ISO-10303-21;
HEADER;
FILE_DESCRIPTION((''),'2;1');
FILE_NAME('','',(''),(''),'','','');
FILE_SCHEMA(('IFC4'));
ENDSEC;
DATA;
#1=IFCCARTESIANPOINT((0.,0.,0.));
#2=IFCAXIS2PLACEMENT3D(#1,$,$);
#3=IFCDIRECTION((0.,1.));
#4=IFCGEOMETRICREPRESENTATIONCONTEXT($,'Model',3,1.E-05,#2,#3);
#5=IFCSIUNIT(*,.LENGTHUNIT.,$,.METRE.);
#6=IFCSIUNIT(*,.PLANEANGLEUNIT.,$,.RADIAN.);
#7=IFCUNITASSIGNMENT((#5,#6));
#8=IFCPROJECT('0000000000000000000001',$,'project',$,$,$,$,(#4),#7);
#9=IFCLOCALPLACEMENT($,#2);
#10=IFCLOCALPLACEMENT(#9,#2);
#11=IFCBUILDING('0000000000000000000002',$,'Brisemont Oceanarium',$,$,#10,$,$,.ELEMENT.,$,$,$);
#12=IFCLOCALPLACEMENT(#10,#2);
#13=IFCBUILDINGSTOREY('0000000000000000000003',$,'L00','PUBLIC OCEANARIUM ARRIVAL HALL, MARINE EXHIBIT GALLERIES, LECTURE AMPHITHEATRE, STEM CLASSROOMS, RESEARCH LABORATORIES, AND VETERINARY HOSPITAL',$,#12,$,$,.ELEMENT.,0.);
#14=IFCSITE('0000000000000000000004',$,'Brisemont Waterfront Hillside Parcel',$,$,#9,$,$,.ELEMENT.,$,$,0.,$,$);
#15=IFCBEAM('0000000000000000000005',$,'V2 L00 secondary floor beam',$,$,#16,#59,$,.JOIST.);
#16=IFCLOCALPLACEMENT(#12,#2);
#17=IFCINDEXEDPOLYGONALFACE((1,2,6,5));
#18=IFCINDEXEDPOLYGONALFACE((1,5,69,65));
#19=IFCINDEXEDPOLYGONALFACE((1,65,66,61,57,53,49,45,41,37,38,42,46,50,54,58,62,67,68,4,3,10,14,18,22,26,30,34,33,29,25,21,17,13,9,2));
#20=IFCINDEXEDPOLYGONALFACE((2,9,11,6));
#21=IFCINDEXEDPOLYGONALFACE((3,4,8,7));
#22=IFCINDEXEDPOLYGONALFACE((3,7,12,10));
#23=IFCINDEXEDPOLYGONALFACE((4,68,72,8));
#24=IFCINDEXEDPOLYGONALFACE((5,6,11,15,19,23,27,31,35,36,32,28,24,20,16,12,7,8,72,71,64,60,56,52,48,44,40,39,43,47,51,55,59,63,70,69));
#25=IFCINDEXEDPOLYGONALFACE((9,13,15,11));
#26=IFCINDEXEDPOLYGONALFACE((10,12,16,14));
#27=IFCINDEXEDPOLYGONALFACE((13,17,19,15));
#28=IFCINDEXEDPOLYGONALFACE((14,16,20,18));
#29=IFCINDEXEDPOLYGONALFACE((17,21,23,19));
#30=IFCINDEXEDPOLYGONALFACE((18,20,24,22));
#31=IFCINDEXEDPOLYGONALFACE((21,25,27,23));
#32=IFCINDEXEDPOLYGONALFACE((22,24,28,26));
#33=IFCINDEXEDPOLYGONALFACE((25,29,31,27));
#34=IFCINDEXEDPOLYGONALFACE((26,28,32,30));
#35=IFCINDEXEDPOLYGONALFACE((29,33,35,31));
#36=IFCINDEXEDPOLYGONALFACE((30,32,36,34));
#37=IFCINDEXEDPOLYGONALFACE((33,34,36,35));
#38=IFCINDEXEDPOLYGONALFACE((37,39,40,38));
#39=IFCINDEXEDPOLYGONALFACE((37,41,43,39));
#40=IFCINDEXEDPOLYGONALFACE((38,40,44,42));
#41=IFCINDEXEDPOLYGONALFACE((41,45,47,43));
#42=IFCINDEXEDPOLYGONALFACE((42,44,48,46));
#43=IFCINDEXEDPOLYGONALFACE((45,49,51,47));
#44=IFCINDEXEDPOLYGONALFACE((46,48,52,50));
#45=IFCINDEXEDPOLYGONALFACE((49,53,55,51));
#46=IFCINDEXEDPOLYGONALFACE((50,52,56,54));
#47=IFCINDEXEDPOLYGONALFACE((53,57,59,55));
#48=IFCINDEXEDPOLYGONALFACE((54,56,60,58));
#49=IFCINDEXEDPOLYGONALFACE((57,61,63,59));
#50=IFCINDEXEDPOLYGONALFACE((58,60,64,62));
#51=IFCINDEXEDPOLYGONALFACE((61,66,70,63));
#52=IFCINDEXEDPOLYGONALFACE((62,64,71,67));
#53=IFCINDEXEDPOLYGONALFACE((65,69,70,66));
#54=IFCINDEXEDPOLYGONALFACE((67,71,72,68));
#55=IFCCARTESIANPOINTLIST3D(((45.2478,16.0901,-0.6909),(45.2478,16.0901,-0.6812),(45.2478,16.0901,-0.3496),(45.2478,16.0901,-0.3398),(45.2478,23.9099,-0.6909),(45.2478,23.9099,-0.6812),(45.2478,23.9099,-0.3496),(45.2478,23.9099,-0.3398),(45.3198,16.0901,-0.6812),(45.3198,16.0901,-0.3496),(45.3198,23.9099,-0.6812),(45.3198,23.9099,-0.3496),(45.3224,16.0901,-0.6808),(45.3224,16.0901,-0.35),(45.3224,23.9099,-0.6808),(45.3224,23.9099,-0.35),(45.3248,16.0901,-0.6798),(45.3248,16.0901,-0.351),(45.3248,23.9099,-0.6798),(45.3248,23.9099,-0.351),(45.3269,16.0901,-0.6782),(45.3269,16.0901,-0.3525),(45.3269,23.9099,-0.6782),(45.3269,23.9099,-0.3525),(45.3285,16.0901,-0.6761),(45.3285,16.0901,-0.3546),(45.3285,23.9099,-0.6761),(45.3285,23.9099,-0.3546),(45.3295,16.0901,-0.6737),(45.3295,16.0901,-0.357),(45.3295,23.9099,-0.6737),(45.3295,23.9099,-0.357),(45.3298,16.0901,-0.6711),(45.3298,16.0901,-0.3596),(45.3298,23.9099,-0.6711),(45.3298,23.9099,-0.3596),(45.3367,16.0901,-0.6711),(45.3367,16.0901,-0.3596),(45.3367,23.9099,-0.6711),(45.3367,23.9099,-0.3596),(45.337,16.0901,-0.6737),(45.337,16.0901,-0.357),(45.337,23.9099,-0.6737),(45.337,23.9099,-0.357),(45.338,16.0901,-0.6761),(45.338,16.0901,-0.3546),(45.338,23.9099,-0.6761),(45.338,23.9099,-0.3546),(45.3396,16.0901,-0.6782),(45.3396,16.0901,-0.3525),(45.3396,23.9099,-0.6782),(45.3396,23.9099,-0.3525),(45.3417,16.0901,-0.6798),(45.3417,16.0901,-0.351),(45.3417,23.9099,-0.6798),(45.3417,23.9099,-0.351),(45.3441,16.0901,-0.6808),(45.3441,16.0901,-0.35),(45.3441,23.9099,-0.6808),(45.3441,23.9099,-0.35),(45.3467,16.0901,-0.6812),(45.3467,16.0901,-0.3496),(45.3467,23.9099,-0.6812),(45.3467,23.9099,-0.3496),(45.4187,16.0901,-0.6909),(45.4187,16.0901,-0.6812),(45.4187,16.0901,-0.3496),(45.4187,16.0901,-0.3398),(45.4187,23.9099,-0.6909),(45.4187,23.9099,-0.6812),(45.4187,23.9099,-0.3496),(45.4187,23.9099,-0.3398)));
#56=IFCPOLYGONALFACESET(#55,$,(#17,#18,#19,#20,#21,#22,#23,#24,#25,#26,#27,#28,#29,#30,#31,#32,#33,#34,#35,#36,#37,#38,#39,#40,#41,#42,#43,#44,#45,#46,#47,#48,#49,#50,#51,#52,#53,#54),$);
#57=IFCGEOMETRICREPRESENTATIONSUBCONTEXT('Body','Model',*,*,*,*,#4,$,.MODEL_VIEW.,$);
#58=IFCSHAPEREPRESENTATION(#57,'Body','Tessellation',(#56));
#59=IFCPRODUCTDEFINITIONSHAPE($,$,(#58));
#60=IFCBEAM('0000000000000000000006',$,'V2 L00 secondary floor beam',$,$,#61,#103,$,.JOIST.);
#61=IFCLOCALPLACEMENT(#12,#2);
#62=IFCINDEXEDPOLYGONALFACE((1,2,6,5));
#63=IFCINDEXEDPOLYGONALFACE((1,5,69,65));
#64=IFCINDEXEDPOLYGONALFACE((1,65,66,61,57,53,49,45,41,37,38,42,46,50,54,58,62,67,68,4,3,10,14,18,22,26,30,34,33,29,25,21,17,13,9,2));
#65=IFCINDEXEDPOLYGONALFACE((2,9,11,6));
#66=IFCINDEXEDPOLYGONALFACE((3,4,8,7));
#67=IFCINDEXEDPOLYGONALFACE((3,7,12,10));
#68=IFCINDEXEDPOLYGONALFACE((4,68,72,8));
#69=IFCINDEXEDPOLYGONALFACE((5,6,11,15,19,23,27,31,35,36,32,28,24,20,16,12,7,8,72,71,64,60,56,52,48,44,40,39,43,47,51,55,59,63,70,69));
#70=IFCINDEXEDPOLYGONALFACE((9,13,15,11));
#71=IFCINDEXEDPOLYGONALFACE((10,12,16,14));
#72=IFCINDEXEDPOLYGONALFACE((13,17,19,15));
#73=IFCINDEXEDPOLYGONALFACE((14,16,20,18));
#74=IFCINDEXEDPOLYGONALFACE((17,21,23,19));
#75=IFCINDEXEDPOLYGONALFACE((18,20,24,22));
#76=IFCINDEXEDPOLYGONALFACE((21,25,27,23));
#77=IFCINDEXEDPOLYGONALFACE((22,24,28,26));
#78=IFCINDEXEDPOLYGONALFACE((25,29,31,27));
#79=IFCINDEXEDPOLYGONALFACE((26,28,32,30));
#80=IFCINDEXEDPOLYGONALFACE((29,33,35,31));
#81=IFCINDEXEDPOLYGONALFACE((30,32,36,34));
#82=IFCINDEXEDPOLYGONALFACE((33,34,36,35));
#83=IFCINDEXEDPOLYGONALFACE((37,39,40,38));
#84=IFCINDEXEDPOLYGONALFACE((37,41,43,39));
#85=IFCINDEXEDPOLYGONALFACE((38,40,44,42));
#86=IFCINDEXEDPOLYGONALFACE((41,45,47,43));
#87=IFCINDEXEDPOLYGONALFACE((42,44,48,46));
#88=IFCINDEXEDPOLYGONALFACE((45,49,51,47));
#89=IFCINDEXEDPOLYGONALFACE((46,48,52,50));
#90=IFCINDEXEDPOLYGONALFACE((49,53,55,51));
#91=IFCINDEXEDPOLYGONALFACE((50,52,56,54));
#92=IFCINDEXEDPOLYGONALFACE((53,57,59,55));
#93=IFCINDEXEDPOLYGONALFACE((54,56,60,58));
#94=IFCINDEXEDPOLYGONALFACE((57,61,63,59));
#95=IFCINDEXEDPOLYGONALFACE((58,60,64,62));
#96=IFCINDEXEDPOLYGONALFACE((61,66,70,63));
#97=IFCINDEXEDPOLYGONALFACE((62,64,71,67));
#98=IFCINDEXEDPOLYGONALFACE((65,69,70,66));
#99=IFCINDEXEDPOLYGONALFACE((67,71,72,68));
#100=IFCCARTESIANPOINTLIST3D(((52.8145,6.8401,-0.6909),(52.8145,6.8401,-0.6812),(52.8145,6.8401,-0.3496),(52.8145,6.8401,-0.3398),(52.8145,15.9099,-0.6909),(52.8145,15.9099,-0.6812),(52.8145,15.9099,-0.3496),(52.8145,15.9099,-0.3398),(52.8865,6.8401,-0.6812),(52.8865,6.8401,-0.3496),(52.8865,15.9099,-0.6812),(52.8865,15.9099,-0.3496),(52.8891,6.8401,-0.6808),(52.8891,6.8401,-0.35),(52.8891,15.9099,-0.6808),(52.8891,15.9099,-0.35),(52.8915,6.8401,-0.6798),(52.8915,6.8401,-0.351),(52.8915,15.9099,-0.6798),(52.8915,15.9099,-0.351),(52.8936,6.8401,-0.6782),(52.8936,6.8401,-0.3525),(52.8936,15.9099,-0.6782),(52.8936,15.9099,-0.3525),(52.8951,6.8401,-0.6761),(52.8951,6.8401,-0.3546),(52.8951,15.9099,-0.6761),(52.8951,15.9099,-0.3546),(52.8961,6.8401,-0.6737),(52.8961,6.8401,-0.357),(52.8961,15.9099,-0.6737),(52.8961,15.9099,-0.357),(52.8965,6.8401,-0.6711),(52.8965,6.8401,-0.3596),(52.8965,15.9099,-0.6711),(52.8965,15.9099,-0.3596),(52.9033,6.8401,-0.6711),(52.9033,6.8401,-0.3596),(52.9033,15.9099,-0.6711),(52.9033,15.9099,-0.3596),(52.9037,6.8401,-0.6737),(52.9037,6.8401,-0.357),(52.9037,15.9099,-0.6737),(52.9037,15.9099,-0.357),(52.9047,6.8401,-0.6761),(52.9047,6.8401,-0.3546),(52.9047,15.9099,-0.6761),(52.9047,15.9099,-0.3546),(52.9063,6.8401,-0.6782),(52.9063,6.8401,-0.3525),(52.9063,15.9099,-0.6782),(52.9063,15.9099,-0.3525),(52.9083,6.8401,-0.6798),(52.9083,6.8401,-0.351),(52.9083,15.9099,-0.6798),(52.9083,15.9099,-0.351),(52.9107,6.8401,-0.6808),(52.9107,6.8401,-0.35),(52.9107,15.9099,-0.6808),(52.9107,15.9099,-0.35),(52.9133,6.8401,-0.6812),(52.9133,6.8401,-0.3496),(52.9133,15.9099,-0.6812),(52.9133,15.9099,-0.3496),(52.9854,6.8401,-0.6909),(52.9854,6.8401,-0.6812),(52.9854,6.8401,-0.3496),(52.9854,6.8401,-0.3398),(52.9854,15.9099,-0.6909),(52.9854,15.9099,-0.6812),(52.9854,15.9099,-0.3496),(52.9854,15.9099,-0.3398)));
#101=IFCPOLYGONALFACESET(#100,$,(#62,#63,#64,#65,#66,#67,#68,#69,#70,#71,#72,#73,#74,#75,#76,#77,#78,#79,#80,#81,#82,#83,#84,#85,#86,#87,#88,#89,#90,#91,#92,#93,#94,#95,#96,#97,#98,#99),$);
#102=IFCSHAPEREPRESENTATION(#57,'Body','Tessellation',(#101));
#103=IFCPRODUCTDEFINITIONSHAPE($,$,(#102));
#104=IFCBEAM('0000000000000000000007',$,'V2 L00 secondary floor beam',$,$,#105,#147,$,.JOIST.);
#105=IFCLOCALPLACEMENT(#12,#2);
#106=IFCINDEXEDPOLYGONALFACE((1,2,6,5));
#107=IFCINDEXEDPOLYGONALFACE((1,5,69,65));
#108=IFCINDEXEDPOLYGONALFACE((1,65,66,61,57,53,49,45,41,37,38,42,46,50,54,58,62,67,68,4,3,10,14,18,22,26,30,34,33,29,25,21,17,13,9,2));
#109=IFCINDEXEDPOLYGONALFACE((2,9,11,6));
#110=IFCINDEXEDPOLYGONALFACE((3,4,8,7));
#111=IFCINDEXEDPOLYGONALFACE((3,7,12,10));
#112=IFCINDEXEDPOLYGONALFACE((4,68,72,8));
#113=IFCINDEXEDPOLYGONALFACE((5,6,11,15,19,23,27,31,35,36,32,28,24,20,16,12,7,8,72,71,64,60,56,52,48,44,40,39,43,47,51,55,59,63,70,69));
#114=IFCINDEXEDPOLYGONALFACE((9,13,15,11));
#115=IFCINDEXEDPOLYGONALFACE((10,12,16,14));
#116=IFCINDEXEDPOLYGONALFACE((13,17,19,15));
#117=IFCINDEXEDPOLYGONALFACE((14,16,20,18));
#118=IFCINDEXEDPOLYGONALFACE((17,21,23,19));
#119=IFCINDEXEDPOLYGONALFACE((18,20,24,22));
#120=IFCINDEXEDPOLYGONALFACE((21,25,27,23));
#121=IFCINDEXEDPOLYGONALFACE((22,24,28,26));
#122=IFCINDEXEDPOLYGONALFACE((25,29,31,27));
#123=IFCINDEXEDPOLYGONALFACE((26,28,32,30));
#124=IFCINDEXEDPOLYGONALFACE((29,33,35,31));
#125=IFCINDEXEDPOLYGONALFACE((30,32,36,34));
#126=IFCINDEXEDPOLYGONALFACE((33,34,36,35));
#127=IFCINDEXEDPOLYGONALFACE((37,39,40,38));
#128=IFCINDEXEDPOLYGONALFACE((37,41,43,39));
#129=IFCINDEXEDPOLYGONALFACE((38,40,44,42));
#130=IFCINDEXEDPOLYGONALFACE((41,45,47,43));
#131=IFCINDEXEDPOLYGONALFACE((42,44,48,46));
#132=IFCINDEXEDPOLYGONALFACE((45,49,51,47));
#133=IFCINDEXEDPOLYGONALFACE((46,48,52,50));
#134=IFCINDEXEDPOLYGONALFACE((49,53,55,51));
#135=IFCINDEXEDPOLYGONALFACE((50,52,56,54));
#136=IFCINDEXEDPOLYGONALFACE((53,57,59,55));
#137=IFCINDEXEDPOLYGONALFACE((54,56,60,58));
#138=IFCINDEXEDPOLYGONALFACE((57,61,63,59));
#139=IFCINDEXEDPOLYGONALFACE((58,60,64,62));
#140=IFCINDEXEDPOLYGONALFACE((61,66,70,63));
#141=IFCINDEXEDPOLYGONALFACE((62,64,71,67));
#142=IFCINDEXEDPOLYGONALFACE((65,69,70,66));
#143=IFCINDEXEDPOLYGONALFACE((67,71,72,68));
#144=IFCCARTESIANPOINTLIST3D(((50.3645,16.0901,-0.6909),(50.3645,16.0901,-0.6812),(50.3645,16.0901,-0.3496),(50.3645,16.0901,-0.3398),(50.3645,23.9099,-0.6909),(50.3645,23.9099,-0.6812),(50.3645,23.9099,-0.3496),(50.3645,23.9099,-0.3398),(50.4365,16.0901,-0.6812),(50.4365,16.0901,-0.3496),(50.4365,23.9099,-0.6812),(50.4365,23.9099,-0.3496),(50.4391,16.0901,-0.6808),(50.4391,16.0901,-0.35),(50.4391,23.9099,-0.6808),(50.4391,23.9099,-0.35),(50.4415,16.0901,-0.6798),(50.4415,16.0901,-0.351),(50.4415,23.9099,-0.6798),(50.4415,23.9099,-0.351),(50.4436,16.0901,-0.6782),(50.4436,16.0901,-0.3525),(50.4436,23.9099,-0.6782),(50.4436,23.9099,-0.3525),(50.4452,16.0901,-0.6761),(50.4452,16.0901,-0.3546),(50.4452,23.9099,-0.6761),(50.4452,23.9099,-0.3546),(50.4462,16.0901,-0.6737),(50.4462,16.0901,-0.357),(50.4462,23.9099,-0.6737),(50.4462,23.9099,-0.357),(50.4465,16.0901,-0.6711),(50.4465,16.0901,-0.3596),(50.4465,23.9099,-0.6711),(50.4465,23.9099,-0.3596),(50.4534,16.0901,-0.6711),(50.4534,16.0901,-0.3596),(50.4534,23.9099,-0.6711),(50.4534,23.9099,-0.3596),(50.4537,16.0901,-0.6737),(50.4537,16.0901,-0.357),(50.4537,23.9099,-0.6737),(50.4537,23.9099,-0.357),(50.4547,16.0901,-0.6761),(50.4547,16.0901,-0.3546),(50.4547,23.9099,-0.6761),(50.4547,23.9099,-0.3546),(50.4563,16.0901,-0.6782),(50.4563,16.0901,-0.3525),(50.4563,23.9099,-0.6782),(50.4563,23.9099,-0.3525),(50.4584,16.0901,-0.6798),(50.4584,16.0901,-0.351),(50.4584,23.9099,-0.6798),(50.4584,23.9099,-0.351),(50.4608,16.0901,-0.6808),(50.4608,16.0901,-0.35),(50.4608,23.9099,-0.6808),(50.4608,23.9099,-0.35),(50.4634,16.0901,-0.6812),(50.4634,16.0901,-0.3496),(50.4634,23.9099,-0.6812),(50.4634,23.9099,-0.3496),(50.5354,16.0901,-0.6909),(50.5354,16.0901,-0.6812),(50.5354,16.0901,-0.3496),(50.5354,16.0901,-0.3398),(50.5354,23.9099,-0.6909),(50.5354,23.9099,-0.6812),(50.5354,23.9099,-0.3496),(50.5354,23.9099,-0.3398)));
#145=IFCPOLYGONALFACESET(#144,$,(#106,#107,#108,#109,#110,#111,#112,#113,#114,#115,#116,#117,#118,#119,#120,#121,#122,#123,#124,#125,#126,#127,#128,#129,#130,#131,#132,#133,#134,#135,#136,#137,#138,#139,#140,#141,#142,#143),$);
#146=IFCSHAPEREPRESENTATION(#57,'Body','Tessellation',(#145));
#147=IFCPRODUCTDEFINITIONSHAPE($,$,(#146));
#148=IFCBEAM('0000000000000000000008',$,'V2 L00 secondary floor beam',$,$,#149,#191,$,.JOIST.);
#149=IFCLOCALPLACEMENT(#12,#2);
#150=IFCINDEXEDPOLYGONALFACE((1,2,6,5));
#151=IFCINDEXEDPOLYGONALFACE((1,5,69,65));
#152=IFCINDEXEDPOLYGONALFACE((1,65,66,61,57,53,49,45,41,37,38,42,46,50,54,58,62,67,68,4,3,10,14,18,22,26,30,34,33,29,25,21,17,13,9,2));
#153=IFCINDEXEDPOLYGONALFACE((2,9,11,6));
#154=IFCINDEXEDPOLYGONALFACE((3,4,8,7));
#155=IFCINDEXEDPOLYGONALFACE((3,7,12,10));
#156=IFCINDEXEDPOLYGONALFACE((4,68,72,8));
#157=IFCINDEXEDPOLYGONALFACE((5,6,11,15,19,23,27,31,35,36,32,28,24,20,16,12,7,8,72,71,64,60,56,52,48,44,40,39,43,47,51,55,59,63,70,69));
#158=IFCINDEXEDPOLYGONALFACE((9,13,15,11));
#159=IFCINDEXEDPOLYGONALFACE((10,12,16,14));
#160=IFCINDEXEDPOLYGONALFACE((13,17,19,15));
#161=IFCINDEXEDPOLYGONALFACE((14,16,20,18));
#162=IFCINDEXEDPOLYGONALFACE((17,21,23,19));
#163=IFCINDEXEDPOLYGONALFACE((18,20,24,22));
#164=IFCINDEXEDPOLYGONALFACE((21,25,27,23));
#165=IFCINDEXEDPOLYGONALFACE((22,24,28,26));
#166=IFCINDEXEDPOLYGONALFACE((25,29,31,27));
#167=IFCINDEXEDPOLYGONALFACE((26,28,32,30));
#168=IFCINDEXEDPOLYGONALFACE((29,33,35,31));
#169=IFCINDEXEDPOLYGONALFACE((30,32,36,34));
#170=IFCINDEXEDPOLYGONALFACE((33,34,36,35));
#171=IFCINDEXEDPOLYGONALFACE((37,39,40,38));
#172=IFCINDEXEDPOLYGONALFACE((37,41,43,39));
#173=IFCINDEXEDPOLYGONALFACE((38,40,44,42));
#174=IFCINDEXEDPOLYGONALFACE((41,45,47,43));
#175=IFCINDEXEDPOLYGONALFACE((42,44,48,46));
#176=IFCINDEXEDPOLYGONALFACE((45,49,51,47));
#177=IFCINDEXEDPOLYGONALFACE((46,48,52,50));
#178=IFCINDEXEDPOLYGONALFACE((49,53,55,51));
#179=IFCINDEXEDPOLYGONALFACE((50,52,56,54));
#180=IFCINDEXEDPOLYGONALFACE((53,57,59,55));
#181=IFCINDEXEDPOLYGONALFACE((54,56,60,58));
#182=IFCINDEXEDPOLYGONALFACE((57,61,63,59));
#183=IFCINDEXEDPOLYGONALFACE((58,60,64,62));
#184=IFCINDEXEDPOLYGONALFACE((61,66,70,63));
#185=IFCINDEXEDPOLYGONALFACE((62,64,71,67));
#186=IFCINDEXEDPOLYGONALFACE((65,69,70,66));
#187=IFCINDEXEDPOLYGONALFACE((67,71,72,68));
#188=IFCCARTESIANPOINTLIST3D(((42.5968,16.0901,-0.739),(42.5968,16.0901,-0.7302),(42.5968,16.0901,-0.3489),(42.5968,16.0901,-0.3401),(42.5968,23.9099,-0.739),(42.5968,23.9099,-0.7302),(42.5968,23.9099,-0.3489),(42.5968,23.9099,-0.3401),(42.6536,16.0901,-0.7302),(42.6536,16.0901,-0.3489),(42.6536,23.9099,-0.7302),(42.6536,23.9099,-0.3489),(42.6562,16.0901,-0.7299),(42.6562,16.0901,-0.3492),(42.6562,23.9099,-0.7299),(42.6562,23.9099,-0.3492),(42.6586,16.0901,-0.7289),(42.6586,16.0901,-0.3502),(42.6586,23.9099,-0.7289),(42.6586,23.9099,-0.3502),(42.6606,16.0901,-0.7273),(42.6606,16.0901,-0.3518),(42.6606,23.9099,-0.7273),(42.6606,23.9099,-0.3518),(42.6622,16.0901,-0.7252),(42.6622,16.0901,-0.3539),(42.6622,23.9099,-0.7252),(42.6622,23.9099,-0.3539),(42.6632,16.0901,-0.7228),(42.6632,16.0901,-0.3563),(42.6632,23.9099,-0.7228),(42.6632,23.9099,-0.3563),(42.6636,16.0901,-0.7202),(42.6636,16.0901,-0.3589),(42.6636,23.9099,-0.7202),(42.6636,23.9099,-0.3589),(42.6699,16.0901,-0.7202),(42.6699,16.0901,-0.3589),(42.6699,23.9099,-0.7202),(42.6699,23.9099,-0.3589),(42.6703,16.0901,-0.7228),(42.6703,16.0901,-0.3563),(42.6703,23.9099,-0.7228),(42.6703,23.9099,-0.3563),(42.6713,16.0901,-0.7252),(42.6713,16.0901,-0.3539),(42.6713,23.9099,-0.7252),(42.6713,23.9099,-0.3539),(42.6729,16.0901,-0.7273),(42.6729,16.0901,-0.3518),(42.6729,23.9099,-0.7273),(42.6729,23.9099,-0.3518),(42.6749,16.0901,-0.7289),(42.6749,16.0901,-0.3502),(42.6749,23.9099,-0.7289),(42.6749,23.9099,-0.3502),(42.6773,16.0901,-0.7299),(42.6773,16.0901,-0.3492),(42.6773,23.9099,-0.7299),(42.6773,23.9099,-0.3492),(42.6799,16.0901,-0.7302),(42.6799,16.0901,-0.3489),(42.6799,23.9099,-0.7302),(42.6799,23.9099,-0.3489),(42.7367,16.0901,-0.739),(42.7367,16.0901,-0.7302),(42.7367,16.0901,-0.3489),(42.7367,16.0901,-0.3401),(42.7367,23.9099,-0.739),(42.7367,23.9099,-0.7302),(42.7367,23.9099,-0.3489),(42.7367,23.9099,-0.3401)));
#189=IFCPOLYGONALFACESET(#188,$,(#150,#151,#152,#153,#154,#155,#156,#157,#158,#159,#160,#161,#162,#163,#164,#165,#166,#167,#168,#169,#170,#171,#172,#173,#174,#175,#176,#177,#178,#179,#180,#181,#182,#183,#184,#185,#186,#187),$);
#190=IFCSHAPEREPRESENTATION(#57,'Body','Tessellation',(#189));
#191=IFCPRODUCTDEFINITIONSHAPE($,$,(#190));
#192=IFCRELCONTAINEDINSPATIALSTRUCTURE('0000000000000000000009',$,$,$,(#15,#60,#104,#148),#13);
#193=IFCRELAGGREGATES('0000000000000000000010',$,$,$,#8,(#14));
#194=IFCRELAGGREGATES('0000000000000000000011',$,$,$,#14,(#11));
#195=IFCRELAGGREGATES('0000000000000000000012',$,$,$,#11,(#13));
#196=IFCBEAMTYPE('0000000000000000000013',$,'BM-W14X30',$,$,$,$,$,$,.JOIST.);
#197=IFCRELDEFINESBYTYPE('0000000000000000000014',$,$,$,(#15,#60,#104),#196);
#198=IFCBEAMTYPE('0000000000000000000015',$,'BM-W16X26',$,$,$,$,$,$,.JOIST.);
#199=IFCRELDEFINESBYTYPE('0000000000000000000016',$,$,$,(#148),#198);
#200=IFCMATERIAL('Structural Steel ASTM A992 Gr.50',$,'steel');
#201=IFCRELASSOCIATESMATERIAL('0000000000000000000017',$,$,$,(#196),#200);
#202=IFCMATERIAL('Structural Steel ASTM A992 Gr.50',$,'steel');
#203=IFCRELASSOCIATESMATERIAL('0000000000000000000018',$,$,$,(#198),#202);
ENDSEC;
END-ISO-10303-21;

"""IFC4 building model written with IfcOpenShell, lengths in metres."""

from ifc_helpers import new_model, si_unit, direction, frame, origin, origin_2d, place, context, subcontext, project, spatial, i_section, extrude, material, material_profile, profile_set, type_object, element, save


model = new_model("IFC4")

# Units and contexts
model_context = context("Model", 3, precision=1e-05, world=origin(), true_north=direction((0.0, 1.0)))
body_context = subcontext(model_context, "Body", "Model", "MODEL_VIEW")
ifc_project = project(units=[si_unit("LENGTHUNIT", "METRE"), si_unit("PLANEANGLEUNIT", "RADIAN")], contexts=[model_context])

# Site, building, storey
site_placement = place(None, origin())
site = spatial("IfcSite", under=ifc_project, at=site_placement, Name="Brisemont Waterfront Hillside Parcel", CompositionType="ELEMENT", RefElevation=0.0)
building_placement = place(site_placement, origin())
building = spatial("IfcBuilding", under=site, at=building_placement, Name="Brisemont Oceanarium", CompositionType="ELEMENT")
storey_placement = place(building_placement, origin())
storey = spatial("IfcBuildingStorey", under=building, at=storey_placement, Name="L00", Description="PUBLIC OCEANARIUM ARRIVAL HALL, MARINE EXHIBIT GALLERIES, LECTURE AMPHITHEATRE, STEM CLASSROOMS, RESEARCH LABORATORIES, AND VETERINARY HOSPITAL", CompositionType="ELEMENT", Elevation=0.0)

# Beams
ifc_material_1 = material(Name="Structural Steel ASTM A992 Gr.50", Category="steel")
ifc_material_profile_1 = material_profile(ifc_material_1, i_section(OverallWidth=0.1709, OverallDepth=0.3511, WebThickness=0.0068, FlangeThickness=0.0098, FilletRadius=0.01, at=origin_2d()), Name="W14X30")
ifc_profile_set_1 = profile_set([ifc_material_profile_1], Name="Structural Steel ASTM A992 Gr.50")
beam_type_1 = type_object("IfcBeamType", Name="BM-W14X30", PredefinedType="JOIST", material=ifc_profile_set_1)
beam_1_placement = place(storey_placement, frame((45.3333, 16.0901, -0.5154), z_axis=(0.0, 1.0, 0.0), x_axis=(-1.0, 0.0, 0.0)))
element("IfcBeam", 1, at=beam_1_placement, inside=storey, type_object=beam_type_1, Name="V2 L00 secondary floor beam", PredefinedType="JOIST", context=body_context, shape_type="SweptSolid", body=[
    extrude(i_section(OverallWidth=0.1709, OverallDepth=0.3511, WebThickness=0.0068, FlangeThickness=0.0098, FilletRadius=0.01, at=origin_2d()), origin(), (0.0, 0.0, 1.0), 7.8198),
])
beam_2_placement = place(storey_placement, frame((52.8999, 6.8401, -0.5154), z_axis=(0.0, 1.0, 0.0), x_axis=(-1.0, 0.0, 0.0)))
element("IfcBeam", 2, at=beam_2_placement, inside=storey, type_object=beam_type_1, Name="V2 L00 secondary floor beam", PredefinedType="JOIST", context=body_context, shape_type="SweptSolid", body=[
    extrude(i_section(OverallWidth=0.1709, OverallDepth=0.3511, WebThickness=0.0068, FlangeThickness=0.0098, FilletRadius=0.01, at=origin_2d()), origin(), (0.0, 0.0, 1.0), 9.0698),
])
beam_3_placement = place(storey_placement, frame((50.45, 16.0901, -0.5154), z_axis=(0.0, 1.0, 0.0), x_axis=(-1.0, 0.0, 0.0)))
element("IfcBeam", 3, at=beam_3_placement, inside=storey, type_object=beam_type_1, Name="V2 L00 secondary floor beam", PredefinedType="JOIST", context=body_context, shape_type="SweptSolid", body=[
    extrude(i_section(OverallWidth=0.1709, OverallDepth=0.3511, WebThickness=0.0068, FlangeThickness=0.0098, FilletRadius=0.01, at=origin_2d()), origin(), (0.0, 0.0, 1.0), 7.8198),
])
ifc_material_2 = material(Name="Structural Steel ASTM A992 Gr.50", Category="steel")
ifc_material_profile_2 = material_profile(ifc_material_2, i_section(OverallWidth=0.1399, OverallDepth=0.3989, WebThickness=0.0063, FlangeThickness=0.0088, FilletRadius=0.01, at=origin_2d()), Name="W16X26")
ifc_profile_set_2 = profile_set([ifc_material_profile_2], Name="Structural Steel ASTM A992 Gr.50")
beam_type_2 = type_object("IfcBeamType", Name="BM-W16X26", PredefinedType="JOIST", material=ifc_profile_set_2)
beam_4_placement = place(storey_placement, frame((42.6667, 16.0901, -0.5396), z_axis=(0.0, 1.0, 0.0), x_axis=(-1.0, 0.0, 0.0)))
element("IfcBeam", 4, at=beam_4_placement, inside=storey, type_object=beam_type_2, Name="V2 L00 secondary floor beam", PredefinedType="JOIST", context=body_context, shape_type="SweptSolid", body=[
    extrude(i_section(OverallWidth=0.1399, OverallDepth=0.3989, WebThickness=0.0063, FlangeThickness=0.0088, FilletRadius=0.01, at=origin_2d()), origin(), (0.0, 0.0, 1.0), 7.8198),
])

save(model, "model.ifc")
